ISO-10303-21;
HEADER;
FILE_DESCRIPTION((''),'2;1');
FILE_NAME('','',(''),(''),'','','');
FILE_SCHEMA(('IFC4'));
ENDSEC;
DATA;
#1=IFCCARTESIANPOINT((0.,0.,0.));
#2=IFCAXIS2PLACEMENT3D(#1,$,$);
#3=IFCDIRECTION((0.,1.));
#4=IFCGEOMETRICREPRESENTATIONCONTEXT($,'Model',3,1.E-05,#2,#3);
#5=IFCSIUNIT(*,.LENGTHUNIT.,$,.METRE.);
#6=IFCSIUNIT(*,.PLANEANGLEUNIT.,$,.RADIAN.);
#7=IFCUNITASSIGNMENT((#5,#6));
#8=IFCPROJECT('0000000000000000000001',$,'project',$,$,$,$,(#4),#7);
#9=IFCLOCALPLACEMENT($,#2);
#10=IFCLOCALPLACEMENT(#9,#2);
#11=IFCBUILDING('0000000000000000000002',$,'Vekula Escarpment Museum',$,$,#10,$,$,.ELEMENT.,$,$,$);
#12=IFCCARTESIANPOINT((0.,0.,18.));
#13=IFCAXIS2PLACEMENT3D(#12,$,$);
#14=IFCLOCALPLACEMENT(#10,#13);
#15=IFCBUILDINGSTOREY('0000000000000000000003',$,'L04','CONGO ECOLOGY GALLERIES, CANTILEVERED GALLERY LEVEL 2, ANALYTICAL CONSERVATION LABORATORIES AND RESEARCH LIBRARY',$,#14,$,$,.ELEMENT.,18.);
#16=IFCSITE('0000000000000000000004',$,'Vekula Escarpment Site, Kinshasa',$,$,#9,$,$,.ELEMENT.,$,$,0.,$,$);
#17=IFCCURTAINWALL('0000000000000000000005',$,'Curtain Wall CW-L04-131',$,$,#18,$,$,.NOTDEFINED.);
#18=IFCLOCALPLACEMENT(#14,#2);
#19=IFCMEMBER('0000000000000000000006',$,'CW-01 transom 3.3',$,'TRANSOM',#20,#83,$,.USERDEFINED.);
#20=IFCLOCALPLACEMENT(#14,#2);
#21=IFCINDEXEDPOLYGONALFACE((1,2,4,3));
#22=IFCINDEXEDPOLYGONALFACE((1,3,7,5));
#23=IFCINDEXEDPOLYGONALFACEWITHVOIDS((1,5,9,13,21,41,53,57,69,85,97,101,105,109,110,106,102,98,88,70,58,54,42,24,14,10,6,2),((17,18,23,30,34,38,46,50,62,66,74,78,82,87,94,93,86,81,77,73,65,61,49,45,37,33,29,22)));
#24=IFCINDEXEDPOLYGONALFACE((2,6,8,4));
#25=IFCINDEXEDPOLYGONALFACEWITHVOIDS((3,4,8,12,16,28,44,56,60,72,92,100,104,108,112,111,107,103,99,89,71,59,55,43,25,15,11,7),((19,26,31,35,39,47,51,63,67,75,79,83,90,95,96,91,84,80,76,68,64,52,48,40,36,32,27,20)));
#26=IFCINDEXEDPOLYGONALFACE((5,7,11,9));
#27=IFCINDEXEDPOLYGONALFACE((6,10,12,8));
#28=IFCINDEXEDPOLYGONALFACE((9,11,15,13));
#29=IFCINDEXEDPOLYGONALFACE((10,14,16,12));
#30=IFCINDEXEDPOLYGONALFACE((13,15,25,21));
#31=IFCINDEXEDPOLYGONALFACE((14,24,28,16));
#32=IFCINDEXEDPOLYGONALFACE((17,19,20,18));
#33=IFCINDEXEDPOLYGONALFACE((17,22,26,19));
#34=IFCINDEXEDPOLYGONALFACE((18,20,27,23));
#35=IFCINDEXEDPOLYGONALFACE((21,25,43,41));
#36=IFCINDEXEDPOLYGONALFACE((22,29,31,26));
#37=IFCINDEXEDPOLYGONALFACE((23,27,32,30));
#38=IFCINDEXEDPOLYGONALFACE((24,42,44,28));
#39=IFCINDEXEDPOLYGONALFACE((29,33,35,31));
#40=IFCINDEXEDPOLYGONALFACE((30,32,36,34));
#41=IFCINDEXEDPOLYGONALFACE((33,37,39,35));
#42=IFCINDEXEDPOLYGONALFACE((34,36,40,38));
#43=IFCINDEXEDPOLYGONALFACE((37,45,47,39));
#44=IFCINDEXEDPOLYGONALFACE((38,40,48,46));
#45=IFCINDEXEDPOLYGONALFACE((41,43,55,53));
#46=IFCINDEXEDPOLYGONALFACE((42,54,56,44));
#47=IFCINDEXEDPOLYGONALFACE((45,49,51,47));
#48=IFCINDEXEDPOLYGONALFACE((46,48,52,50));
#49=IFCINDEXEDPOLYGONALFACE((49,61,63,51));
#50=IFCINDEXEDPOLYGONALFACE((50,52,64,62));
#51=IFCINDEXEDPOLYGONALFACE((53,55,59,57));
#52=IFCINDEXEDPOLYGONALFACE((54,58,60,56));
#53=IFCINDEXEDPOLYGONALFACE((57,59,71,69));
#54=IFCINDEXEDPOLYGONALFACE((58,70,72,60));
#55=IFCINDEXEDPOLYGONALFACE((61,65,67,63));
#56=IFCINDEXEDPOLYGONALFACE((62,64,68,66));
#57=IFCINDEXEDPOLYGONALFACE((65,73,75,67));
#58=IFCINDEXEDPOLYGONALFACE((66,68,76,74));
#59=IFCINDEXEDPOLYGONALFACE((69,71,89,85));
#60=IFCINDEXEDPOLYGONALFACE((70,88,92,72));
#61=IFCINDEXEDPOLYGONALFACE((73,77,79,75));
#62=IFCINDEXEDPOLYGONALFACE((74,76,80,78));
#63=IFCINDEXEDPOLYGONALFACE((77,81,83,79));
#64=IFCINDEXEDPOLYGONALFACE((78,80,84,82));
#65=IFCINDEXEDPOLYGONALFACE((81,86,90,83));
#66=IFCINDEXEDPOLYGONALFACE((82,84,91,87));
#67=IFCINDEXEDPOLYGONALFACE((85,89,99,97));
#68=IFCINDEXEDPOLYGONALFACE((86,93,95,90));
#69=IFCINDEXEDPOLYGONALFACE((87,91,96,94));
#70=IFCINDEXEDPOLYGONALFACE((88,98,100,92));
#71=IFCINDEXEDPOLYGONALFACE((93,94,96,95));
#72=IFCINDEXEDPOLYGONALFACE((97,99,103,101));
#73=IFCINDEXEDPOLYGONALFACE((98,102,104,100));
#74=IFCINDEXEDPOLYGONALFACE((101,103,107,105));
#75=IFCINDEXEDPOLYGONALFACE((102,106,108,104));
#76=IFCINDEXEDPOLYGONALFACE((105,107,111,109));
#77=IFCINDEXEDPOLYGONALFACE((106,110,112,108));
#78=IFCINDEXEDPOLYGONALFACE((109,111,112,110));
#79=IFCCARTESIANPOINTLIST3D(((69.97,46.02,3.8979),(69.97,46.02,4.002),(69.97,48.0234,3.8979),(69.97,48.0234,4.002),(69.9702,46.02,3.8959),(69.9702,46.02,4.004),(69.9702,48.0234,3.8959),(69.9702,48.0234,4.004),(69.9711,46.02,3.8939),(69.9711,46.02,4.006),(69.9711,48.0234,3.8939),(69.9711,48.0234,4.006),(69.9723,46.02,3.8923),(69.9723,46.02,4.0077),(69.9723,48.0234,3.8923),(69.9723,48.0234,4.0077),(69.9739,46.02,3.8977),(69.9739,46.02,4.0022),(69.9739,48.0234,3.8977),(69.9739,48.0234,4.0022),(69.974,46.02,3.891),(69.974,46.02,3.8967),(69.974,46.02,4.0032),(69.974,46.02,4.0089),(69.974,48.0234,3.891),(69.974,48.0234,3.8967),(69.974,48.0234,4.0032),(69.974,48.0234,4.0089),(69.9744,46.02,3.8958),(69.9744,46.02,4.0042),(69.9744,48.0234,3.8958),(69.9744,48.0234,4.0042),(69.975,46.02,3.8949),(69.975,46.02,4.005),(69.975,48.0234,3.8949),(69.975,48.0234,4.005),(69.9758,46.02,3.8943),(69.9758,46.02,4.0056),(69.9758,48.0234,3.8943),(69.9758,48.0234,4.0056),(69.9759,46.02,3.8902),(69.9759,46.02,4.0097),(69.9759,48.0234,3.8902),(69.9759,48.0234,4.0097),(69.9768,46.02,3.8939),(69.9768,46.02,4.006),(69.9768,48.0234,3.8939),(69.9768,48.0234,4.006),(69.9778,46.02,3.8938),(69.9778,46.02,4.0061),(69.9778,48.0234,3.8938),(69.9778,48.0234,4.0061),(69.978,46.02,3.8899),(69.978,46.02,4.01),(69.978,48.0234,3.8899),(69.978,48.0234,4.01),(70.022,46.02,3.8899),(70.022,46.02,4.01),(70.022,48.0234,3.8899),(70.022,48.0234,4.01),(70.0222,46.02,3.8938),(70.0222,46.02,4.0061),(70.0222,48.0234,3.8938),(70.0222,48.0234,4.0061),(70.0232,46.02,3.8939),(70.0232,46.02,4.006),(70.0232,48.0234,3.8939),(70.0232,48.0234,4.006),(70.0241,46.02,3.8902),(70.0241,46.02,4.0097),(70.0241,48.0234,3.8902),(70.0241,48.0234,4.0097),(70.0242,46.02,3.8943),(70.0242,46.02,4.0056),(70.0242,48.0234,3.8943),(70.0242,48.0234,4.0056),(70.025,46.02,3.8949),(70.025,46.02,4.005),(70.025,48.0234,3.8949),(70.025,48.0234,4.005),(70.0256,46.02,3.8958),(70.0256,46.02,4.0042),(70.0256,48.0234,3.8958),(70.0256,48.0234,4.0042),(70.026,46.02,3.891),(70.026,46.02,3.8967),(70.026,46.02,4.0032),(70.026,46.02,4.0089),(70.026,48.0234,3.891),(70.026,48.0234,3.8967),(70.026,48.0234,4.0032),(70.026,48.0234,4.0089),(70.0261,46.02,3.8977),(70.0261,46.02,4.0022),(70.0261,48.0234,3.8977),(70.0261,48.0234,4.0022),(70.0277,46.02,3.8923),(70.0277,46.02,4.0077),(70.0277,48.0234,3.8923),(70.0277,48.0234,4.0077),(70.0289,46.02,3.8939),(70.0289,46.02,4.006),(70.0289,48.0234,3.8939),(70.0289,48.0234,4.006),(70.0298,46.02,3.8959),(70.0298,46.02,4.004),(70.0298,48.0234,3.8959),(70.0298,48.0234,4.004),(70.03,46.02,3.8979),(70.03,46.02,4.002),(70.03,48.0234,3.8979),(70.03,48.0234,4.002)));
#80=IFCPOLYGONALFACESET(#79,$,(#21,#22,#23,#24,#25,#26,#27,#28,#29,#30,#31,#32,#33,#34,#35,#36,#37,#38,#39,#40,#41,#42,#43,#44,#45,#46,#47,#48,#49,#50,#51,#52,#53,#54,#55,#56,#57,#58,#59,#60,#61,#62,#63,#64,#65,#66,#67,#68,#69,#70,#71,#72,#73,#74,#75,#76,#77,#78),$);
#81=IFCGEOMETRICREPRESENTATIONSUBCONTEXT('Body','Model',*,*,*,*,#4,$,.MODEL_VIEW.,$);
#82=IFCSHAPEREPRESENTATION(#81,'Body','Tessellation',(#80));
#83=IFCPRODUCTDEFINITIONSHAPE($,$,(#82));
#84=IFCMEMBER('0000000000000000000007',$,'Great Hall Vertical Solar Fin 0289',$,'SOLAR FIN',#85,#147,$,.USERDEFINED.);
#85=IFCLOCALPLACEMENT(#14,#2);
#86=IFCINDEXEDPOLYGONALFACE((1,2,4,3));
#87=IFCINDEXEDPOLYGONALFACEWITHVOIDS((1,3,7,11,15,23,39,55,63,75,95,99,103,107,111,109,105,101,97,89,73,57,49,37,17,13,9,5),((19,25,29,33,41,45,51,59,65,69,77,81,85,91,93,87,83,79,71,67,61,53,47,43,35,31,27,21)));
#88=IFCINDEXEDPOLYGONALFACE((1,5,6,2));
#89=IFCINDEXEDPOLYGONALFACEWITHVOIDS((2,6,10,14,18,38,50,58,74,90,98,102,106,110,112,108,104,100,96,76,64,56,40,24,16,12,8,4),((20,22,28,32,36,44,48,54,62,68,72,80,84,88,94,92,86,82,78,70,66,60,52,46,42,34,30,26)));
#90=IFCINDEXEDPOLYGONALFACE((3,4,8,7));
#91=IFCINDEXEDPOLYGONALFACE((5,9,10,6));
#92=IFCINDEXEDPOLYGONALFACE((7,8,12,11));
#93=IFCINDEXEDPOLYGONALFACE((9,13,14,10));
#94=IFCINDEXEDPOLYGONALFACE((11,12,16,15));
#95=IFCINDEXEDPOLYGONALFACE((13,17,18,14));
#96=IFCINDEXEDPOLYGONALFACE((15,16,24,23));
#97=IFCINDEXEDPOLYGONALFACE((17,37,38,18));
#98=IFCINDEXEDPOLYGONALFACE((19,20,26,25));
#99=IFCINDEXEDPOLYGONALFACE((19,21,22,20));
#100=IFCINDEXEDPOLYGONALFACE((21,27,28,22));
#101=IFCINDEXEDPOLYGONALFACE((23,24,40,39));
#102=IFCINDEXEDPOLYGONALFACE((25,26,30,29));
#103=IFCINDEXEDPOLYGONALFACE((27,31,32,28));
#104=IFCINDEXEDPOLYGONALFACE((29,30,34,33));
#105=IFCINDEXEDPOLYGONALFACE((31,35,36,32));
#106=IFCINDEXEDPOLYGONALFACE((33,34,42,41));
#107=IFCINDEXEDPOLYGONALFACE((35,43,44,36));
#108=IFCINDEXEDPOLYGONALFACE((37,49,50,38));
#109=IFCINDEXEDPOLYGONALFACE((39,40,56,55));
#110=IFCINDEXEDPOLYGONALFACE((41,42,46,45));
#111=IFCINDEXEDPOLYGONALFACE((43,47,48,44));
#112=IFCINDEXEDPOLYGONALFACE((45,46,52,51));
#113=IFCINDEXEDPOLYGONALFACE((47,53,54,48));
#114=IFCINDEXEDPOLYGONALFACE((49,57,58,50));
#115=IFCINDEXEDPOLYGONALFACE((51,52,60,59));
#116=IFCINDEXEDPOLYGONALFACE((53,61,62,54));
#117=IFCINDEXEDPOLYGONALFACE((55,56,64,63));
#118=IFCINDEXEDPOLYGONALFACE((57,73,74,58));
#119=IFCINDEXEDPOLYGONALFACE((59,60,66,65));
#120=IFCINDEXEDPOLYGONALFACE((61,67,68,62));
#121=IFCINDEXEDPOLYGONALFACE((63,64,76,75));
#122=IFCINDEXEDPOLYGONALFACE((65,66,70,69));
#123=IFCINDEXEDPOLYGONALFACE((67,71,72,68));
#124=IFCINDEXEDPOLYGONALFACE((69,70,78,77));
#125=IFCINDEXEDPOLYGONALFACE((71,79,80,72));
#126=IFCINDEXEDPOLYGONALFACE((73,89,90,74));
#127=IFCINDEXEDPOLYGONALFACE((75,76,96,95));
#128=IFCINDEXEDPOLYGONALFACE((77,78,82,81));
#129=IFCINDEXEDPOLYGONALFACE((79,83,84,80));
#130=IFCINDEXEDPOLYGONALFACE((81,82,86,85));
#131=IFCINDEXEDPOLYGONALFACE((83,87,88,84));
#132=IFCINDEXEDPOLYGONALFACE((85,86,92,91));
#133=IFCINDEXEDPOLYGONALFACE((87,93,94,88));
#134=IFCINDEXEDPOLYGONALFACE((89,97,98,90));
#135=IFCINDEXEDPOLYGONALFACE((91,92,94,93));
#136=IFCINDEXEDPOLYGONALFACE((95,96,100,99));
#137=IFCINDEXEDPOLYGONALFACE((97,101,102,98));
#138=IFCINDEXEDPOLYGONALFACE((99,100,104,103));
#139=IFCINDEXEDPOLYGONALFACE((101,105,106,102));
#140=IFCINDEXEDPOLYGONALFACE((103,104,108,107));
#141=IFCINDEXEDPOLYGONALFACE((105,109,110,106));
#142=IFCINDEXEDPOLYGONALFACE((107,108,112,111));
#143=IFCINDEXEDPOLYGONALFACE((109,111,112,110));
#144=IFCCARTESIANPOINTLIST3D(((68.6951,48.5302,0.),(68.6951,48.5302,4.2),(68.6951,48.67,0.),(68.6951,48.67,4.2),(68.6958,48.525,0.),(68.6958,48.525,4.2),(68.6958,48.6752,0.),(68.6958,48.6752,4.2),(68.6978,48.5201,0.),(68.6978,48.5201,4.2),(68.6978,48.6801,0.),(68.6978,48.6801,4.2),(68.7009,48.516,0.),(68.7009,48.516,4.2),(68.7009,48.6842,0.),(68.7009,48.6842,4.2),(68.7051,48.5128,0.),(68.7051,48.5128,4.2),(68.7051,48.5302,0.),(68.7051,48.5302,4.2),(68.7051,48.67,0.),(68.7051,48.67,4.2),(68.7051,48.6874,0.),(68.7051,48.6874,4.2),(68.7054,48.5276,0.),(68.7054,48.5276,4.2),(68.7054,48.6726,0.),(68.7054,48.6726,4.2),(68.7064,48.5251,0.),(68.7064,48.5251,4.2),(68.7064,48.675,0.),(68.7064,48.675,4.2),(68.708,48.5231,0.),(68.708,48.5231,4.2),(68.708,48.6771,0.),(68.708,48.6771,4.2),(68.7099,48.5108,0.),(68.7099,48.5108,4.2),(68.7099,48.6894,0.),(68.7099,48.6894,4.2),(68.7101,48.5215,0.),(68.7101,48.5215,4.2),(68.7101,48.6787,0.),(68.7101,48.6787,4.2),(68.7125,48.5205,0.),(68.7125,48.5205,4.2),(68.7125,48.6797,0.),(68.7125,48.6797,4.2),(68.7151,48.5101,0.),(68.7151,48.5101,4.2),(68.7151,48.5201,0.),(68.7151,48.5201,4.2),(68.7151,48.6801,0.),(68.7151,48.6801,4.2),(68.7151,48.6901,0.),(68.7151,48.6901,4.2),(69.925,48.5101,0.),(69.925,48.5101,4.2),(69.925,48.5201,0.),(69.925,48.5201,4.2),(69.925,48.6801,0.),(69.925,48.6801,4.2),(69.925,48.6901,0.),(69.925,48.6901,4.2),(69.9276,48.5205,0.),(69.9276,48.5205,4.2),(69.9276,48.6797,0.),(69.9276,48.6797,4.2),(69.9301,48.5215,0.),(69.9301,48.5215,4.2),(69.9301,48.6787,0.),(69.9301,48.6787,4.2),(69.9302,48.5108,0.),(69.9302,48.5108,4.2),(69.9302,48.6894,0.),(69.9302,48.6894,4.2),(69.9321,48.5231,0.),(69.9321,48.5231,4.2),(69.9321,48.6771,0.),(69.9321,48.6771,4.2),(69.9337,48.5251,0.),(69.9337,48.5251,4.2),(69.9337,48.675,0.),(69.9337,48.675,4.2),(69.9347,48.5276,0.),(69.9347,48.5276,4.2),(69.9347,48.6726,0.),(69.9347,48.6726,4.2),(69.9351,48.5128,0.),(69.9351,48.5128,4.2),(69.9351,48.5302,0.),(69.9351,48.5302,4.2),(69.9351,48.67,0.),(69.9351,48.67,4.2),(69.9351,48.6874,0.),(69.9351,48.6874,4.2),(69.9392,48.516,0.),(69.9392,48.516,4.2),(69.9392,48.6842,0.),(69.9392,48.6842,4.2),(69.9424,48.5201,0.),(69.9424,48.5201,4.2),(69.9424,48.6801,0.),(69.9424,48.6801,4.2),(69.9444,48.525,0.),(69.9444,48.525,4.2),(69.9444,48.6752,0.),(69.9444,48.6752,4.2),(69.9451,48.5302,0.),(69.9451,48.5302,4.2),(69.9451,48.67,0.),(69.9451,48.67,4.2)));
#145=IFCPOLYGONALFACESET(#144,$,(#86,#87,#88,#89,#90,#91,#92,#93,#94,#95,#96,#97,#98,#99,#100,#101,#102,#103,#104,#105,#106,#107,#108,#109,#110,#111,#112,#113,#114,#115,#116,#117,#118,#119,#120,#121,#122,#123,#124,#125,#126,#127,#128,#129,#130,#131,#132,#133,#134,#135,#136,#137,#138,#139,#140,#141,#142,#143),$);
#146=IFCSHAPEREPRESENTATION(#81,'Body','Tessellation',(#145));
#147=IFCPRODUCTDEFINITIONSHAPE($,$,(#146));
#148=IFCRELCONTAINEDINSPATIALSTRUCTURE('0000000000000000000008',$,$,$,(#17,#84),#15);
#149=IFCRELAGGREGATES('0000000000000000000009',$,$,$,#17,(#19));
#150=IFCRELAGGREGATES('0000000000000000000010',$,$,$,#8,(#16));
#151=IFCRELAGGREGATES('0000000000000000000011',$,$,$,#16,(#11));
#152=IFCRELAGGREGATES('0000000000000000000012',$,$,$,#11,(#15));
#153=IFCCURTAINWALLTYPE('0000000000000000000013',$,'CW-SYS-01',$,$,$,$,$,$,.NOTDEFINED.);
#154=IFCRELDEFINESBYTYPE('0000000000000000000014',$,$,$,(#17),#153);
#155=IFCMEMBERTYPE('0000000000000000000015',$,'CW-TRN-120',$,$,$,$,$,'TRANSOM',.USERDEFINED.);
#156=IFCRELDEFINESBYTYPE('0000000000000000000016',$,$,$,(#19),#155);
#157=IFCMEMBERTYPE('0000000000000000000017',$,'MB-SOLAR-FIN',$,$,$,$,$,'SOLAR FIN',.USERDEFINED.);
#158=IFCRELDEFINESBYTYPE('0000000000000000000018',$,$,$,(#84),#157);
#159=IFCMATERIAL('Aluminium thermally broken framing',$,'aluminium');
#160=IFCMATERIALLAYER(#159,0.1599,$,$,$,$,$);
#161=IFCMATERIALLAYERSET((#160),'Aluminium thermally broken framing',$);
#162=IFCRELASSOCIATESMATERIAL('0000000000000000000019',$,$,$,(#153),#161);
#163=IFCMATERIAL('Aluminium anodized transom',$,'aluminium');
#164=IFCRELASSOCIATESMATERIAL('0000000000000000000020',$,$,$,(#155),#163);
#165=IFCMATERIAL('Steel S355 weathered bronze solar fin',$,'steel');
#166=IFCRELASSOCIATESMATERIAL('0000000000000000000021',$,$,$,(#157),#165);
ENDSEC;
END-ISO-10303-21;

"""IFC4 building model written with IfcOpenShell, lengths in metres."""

from ifc_helpers import new_model, si_unit, direction, frame, origin, origin_2d, place, context, subcontext, project, spatial, hollow_rectangle, extrude, material, layer, layer_set, material_profile, profile_set, type_object, element, aggregate, save


model = new_model("IFC4")

# Units and contexts
model_context = context("Model", 3, precision=1e-05, world=origin(), true_north=direction((0.0, 1.0)))
body_context = subcontext(model_context, "Body", "Model", "MODEL_VIEW")
ifc_project = project(units=[si_unit("LENGTHUNIT", "METRE"), si_unit("PLANEANGLEUNIT", "RADIAN")], contexts=[model_context])

# Site, building, storey
site_placement = place(None, origin())
site = spatial("IfcSite", under=ifc_project, at=site_placement, Name="Vekula Escarpment Site, Kinshasa", CompositionType="ELEMENT", RefElevation=0.0)
building_placement = place(site_placement, origin())
building = spatial("IfcBuilding", under=site, at=building_placement, Name="Vekula Escarpment Museum", CompositionType="ELEMENT")
storey_placement = place(building_placement, frame((0.0, 0.0, 18.0)))
storey = spatial("IfcBuildingStorey", under=building, at=storey_placement, Name="L04", Description="CONGO ECOLOGY GALLERIES, CANTILEVERED GALLERY LEVEL 2, ANALYTICAL CONSERVATION LABORATORIES AND RESEARCH LIBRARY", CompositionType="ELEMENT", Elevation=18.0)

# Curtain wall, member
ifc_material_1 = material(Name="Aluminium thermally broken framing", Category="aluminium")
ifc_layer_1 = layer(ifc_material_1, 0.1599)
ifc_layer_set_1 = layer_set([ifc_layer_1], Name="Aluminium thermally broken framing")
curtain_wall_type = type_object("IfcCurtainWallType", Name="CW-SYS-01", PredefinedType="NOTDEFINED", material=ifc_layer_set_1)
curtain_wall_placement = place(storey_placement, origin())
curtain_wall = element("IfcCurtainWall", 1, at=curtain_wall_placement, inside=storey, type_object=curtain_wall_type, Name="Curtain Wall CW-L04-131", PredefinedType="NOTDEFINED")
ifc_material_2 = material(Name="Aluminium anodized transom", Category="aluminium")
ifc_material_profile_1 = material_profile(ifc_material_2, hollow_rectangle(XDim=0.0601, YDim=0.1201, WallThickness=0.0039, InnerFilletRadius=0.0039, OuterFilletRadius=0.0081, at=origin_2d()), Name="ALU 120x60x4")
ifc_profile_set_1 = profile_set([ifc_material_profile_1], Name="Aluminium anodized transom")
member_type_1 = type_object("IfcMemberType", Name="CW-TRN-120", ElementType="TRANSOM", PredefinedType="USERDEFINED", material=ifc_profile_set_1)
member_1_placement = place(storey_placement, frame((70.0, 48.0234, 3.95), z_axis=(0.0, -1.0, 0.0), x_axis=(1.0, 0.0, 0.0)))
member_1 = element("IfcMember", 2, at=member_1_placement, type_object=member_type_1, Name="CW-01 transom 3.3", ObjectType="TRANSOM", PredefinedType="USERDEFINED", context=body_context, shape_type="SweptSolid", body=[
    extrude(hollow_rectangle(XDim=0.0601, YDim=0.1201, WallThickness=0.0039, InnerFilletRadius=0.0039, OuterFilletRadius=0.0081, at=origin_2d()), origin(), (0.0, 0.0, 1.0), 2.0034),
])

# Member
ifc_material_3 = material(Name="Steel S355 weathered bronze solar fin", Category="steel")
ifc_material_profile_2 = material_profile(ifc_material_3, hollow_rectangle(XDim=0.1799, YDim=1.25, WallThickness=0.01, InnerFilletRadius=0.01, OuterFilletRadius=0.02, at=origin_2d()), Name="RHS 1250x180x10")
ifc_profile_set_2 = profile_set([ifc_material_profile_2], Name="Steel S355 weathered bronze solar fin")
member_type_2 = type_object("IfcMemberType", Name="MB-SOLAR-FIN", ElementType="SOLAR FIN", PredefinedType="USERDEFINED", material=ifc_profile_set_2)
for number, where, z_axis, x_axis, name in (
    (3, (69.3201, 48.6001, 0.0), (0.0, 0.0, 1.0), (0.0, 1.0, 0.0), "Great Hall Vertical Solar Fin 0289"),
):
    element("IfcMember", number, at=place(storey_placement, frame(where, z_axis=z_axis, x_axis=x_axis)), inside=storey, type_object=member_type_2, Name=name, ObjectType="SOLAR FIN", PredefinedType="USERDEFINED", context=body_context, shape_type="SweptSolid", body=[
        extrude(hollow_rectangle(XDim=0.1799, YDim=1.25, WallThickness=0.01, InnerFilletRadius=0.01, OuterFilletRadius=0.02, at=origin_2d()), origin(), (0.0, 0.0, 1.0), 4.2),
    ])

aggregate(curtain_wall, [member_1])

save(model, "model.ifc")
